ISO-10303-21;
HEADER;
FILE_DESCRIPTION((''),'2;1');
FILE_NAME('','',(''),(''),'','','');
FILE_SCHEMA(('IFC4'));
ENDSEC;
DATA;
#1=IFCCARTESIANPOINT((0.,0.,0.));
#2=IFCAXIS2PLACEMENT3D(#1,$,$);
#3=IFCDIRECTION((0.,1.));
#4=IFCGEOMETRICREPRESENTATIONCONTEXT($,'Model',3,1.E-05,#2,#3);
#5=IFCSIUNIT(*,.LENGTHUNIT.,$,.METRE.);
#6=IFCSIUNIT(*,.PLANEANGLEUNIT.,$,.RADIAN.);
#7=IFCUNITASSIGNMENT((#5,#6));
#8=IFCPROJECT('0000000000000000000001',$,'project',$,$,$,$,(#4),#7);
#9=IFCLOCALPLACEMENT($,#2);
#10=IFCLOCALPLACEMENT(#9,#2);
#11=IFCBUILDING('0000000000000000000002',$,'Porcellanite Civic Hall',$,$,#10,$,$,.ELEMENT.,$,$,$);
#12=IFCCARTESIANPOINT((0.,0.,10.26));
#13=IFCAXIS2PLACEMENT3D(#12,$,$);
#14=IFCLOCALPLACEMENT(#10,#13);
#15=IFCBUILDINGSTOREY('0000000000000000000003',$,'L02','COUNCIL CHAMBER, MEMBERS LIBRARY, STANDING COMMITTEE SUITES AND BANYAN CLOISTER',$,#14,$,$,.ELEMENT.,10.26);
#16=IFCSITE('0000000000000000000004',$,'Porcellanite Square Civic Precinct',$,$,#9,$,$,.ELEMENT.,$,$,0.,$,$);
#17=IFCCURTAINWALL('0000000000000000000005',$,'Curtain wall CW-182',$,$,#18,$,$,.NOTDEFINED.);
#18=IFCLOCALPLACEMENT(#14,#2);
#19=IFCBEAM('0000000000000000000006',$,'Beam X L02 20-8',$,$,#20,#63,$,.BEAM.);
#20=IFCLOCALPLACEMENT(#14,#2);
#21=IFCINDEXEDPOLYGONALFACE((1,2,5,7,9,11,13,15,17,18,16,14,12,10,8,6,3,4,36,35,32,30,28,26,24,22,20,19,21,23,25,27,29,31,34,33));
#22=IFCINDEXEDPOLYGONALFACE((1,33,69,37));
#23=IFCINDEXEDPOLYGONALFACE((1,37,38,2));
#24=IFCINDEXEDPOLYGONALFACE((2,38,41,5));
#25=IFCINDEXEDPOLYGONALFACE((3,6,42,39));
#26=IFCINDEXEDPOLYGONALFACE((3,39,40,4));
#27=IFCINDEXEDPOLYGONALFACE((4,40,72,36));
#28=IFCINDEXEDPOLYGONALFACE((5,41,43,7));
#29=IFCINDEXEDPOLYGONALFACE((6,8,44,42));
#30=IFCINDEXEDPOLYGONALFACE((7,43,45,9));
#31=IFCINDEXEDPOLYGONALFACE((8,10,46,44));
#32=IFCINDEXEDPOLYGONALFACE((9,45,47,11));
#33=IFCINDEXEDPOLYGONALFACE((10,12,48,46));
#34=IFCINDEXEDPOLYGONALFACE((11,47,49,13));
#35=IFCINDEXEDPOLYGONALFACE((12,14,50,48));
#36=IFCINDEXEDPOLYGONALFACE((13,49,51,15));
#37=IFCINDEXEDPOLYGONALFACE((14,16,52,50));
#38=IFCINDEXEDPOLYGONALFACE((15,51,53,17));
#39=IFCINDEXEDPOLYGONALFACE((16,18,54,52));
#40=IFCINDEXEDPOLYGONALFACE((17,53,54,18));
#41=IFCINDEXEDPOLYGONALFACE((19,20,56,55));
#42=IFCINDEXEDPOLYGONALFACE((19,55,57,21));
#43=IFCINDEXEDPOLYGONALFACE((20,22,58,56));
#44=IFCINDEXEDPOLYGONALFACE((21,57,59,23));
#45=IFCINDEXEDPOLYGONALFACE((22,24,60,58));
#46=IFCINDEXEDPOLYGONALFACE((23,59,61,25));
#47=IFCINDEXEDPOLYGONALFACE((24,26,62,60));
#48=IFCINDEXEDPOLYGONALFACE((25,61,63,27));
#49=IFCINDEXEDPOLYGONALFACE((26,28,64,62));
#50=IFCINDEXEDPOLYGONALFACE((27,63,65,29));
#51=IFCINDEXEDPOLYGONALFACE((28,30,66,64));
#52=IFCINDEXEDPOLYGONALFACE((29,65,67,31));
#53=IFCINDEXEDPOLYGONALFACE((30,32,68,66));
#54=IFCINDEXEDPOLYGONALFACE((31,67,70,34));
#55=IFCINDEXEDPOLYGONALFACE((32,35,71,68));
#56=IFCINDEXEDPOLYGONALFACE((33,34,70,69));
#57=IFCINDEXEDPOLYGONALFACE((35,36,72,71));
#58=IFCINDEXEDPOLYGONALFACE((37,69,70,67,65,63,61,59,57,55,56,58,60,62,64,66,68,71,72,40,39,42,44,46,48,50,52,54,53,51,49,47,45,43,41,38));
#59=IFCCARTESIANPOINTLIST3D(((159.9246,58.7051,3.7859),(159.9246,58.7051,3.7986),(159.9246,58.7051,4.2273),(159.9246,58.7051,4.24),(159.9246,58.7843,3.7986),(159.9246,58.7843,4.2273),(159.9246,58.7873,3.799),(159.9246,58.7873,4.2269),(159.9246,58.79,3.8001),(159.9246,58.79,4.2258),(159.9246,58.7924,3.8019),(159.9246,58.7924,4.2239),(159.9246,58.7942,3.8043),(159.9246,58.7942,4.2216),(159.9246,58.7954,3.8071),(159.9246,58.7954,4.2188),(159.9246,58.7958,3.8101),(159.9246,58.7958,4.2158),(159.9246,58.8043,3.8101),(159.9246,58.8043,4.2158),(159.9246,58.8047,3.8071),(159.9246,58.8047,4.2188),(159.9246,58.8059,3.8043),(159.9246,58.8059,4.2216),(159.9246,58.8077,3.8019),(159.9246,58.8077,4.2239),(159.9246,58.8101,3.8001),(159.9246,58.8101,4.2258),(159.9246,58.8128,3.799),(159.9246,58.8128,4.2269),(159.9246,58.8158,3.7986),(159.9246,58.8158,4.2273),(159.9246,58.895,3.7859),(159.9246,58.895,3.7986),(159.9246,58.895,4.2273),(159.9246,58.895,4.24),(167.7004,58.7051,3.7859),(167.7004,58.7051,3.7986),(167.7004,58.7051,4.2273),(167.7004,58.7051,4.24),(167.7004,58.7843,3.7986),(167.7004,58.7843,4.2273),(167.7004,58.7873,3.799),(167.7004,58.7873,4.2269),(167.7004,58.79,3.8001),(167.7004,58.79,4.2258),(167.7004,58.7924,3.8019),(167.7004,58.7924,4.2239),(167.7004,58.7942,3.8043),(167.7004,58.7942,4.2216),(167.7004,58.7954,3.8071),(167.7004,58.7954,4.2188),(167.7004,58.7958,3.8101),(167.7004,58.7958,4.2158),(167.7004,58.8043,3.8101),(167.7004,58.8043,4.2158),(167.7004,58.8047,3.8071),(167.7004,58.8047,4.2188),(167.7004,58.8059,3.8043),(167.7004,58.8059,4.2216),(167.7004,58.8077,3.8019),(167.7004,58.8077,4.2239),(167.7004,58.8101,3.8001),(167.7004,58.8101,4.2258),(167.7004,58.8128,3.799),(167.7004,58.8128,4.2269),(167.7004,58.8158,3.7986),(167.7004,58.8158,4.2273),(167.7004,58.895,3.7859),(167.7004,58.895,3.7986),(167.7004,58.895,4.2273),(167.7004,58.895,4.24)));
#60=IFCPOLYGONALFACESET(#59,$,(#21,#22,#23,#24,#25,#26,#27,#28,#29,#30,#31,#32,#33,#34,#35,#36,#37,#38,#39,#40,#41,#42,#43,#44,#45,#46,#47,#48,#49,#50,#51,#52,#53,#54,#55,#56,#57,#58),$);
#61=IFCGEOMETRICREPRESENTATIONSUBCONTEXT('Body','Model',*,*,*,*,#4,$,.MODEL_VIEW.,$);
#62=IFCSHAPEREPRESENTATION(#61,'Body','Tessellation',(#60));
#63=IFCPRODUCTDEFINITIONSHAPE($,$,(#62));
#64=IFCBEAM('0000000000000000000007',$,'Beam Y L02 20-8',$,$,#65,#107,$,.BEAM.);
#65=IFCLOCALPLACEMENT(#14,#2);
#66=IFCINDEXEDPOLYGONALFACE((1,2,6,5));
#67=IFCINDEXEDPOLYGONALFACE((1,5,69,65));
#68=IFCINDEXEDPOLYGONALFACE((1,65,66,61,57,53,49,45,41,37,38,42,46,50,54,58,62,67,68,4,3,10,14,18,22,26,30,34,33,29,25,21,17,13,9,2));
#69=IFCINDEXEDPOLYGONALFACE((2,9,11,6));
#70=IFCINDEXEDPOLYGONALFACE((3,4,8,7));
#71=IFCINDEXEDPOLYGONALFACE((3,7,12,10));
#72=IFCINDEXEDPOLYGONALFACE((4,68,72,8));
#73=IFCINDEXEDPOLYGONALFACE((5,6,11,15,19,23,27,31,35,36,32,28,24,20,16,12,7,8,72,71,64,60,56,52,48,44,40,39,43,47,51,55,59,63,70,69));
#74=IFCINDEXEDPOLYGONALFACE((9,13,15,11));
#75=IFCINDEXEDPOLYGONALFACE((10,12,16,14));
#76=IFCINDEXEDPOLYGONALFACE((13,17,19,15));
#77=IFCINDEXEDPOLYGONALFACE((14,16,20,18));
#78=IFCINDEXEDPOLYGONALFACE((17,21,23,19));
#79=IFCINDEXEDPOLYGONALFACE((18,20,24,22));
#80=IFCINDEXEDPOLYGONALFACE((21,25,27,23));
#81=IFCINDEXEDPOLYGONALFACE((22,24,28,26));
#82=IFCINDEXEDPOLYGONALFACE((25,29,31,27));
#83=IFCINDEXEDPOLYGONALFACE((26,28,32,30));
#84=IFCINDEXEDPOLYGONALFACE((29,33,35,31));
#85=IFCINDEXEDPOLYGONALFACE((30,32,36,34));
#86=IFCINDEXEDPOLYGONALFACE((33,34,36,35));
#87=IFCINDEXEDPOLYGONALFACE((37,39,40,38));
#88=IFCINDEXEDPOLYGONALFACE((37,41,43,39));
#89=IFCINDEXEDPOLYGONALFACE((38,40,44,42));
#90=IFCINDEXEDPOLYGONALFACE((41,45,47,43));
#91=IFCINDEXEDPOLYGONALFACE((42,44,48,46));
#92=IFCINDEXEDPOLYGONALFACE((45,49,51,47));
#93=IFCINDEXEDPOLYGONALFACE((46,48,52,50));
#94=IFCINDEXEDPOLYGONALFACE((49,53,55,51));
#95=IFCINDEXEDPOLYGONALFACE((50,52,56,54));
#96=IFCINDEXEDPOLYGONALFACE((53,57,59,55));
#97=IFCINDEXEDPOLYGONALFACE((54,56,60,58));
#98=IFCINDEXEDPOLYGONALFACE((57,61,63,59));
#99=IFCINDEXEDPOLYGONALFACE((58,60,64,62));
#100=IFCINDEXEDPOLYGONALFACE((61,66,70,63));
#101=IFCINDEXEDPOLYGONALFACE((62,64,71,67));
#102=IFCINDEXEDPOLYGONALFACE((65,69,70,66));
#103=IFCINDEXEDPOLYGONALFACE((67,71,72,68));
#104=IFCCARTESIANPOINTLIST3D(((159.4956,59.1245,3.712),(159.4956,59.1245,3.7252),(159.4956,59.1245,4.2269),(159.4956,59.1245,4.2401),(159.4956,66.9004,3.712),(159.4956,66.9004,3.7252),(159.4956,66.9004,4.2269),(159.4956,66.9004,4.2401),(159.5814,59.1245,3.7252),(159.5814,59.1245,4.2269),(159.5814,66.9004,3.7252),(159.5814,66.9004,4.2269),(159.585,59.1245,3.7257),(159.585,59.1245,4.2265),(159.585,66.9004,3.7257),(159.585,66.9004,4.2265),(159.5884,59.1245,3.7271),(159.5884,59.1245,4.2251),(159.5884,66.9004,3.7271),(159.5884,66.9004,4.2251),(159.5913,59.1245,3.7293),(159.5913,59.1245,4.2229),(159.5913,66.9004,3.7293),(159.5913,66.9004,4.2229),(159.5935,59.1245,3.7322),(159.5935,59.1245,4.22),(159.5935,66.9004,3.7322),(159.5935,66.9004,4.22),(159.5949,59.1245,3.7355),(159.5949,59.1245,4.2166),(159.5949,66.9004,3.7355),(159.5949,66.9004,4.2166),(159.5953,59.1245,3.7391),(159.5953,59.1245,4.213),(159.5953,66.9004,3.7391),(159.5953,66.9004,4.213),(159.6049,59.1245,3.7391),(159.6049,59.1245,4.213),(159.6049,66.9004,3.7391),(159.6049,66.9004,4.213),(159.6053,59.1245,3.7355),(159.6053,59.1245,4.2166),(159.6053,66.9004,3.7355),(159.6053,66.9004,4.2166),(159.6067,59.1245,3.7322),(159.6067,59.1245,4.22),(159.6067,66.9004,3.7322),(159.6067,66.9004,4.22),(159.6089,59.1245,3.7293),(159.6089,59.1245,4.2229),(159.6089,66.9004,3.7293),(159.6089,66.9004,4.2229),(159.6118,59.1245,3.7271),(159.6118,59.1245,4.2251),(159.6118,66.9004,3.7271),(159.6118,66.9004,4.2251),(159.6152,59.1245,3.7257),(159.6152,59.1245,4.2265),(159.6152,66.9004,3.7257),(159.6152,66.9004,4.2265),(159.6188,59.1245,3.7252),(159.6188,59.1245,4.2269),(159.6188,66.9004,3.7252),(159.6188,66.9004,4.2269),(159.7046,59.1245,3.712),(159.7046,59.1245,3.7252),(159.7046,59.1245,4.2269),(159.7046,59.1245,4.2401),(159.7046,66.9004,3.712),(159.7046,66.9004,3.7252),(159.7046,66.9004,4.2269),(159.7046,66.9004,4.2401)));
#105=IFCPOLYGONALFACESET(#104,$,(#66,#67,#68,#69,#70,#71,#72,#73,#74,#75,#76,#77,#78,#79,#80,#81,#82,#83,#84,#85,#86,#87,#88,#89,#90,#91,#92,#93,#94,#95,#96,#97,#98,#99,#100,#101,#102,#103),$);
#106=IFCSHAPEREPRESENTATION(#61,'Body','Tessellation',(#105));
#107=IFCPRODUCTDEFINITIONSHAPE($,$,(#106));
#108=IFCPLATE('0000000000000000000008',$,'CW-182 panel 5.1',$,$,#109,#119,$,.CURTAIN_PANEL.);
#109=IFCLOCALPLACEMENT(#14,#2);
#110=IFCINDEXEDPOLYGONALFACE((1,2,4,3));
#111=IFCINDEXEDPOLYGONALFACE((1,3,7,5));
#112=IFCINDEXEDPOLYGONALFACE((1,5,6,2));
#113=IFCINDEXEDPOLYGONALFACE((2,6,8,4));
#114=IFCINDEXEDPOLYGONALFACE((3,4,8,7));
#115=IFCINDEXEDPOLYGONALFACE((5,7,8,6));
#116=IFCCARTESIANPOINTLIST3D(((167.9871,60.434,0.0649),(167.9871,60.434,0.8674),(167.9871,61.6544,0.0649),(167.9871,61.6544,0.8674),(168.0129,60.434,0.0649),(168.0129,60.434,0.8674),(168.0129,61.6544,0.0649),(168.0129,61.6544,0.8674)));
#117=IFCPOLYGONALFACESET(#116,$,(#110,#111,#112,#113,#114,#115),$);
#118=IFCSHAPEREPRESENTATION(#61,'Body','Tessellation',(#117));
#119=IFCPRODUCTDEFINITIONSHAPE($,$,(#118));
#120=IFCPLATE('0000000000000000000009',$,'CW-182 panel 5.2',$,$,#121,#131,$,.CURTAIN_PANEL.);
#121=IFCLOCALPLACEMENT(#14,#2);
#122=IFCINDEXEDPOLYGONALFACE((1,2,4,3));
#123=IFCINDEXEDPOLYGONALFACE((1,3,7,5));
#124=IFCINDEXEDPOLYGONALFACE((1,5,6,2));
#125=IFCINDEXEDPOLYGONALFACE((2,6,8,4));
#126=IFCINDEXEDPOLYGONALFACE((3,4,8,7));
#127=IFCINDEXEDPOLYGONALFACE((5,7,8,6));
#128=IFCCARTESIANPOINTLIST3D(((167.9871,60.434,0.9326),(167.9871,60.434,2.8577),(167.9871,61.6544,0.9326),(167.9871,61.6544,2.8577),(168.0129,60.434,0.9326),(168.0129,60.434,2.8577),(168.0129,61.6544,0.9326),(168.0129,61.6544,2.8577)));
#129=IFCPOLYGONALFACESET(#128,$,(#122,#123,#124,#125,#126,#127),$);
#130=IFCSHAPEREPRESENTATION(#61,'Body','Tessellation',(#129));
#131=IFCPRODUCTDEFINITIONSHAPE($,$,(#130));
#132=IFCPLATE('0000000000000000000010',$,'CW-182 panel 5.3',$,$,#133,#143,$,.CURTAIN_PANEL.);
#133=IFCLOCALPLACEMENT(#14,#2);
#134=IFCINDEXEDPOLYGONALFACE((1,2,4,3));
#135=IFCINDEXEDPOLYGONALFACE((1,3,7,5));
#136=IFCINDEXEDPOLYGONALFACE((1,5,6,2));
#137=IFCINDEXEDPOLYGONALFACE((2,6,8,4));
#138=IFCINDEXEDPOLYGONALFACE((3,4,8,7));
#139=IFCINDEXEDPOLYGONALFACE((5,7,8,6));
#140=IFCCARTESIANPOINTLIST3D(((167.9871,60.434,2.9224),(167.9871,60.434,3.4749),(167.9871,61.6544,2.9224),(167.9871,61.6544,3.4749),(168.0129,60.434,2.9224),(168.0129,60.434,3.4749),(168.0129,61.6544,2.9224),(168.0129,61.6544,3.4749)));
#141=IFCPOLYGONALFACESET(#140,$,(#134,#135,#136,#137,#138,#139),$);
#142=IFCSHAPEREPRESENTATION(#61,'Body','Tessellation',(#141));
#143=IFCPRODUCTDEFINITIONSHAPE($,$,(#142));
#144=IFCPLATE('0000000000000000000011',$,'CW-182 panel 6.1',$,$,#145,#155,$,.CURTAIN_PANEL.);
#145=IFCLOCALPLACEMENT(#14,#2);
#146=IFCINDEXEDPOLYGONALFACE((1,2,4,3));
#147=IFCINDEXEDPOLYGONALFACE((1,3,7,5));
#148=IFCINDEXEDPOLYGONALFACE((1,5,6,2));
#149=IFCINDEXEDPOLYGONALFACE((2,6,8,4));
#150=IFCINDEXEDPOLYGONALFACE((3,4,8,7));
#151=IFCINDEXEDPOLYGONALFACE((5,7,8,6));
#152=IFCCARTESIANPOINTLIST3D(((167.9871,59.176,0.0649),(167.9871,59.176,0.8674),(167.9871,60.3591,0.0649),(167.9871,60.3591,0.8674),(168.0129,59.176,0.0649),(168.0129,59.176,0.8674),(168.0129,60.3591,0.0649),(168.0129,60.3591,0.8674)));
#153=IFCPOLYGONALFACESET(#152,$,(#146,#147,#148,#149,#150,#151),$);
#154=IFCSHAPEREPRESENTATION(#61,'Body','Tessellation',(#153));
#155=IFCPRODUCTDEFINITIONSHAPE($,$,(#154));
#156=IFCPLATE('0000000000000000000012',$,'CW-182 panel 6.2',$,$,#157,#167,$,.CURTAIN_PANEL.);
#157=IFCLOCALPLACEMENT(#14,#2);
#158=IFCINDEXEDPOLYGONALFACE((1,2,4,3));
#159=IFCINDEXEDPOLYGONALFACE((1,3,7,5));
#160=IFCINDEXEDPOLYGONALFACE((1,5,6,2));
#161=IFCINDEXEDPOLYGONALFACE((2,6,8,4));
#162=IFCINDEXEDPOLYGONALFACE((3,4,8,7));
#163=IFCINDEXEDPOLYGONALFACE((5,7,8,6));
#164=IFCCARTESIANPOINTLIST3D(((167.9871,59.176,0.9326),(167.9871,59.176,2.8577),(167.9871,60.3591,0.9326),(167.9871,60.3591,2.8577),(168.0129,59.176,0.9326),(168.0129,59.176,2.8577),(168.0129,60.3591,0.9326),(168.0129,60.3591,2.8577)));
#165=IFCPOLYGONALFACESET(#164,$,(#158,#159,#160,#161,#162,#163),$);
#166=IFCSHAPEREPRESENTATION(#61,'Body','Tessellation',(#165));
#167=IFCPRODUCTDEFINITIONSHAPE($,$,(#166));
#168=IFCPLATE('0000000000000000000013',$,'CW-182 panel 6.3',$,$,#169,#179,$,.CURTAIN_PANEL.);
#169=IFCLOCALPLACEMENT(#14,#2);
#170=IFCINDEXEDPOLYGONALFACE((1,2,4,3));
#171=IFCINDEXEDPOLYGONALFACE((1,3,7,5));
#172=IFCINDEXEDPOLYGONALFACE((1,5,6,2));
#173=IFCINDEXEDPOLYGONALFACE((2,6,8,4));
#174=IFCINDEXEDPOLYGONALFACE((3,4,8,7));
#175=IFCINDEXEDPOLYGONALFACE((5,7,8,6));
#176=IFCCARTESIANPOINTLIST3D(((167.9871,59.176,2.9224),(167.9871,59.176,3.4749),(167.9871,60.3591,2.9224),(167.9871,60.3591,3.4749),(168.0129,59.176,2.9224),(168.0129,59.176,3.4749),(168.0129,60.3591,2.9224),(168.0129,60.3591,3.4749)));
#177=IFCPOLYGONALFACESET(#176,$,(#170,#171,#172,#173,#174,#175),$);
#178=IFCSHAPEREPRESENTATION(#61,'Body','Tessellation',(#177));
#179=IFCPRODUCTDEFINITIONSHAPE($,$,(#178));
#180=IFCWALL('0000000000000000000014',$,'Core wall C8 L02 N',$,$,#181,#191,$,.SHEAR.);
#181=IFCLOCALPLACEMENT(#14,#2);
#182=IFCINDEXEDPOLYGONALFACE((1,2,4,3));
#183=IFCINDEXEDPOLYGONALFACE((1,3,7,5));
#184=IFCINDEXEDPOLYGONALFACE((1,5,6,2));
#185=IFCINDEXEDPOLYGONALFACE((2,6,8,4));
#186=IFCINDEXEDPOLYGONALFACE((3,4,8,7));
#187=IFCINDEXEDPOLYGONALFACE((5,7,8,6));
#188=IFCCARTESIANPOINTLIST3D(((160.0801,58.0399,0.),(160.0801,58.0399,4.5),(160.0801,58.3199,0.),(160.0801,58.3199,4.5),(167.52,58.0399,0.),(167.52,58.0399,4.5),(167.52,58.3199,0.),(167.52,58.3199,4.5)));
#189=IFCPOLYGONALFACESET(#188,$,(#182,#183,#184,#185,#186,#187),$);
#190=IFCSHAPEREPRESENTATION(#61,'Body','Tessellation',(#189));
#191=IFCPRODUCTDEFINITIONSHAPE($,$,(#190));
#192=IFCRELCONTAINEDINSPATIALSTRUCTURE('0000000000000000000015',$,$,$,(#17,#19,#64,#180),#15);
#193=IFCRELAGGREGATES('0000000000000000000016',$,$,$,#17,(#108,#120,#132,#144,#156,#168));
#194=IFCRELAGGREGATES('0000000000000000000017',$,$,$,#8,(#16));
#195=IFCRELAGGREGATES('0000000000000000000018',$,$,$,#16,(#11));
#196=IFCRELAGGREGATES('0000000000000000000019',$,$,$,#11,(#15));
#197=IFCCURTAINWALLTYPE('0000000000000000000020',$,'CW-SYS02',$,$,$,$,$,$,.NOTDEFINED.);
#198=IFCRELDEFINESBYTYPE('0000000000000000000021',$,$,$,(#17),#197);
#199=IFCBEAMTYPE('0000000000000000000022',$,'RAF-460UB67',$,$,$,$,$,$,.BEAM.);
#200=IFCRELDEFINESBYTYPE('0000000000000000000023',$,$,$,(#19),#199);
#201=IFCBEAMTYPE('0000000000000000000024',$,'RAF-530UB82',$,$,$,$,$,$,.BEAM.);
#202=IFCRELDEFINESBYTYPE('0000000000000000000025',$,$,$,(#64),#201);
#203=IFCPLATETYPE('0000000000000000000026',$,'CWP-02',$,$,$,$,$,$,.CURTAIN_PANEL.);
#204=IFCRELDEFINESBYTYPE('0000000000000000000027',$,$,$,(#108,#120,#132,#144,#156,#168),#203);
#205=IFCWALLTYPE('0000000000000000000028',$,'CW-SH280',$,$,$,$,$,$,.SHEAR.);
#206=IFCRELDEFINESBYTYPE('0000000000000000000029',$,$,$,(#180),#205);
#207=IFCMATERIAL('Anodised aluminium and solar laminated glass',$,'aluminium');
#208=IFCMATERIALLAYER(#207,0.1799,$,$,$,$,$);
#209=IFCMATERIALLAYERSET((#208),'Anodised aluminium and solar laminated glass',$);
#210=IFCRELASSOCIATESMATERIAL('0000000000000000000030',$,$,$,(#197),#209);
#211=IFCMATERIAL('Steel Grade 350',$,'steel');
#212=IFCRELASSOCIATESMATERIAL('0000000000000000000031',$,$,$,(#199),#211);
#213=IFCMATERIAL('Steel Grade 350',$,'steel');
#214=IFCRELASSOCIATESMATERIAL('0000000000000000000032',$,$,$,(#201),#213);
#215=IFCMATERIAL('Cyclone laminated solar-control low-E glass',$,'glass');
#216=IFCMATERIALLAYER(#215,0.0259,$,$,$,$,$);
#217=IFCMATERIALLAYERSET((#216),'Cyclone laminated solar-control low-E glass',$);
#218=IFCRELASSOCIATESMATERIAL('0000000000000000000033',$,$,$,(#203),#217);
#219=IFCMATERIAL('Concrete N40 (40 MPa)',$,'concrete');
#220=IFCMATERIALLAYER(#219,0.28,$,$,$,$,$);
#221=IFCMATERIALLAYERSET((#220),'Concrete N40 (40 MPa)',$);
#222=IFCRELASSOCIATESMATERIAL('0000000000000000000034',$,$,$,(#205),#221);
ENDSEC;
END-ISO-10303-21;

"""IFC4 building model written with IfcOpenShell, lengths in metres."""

from ifc_helpers import new_model, si_unit, direction, frame, frame_2d, origin, origin_2d, place, context, subcontext, project, spatial, rectangle, i_section, extrude, material, layer, layer_set, material_profile, profile_set, type_object, element, aggregate, save


model = new_model("IFC4")

# Units and contexts
model_context = context("Model", 3, precision=1e-05, world=origin(), true_north=direction((0.0, 1.0)))
body_context = subcontext(model_context, "Body", "Model", "MODEL_VIEW")
ifc_project = project(units=[si_unit("LENGTHUNIT", "METRE"), si_unit("PLANEANGLEUNIT", "RADIAN")], contexts=[model_context])

# Site, building, storey
site_placement = place(None, origin())
site = spatial("IfcSite", under=ifc_project, at=site_placement, Name="Porcellanite Square Civic Precinct", CompositionType="ELEMENT", RefElevation=0.0)
building_placement = place(site_placement, origin())
building = spatial("IfcBuilding", under=site, at=building_placement, Name="Porcellanite Civic Hall", CompositionType="ELEMENT")
storey_placement = place(building_placement, frame((0.0, 0.0, 10.26)))
storey = spatial("IfcBuildingStorey", under=building, at=storey_placement, Name="L02", Description="COUNCIL CHAMBER, MEMBERS LIBRARY, STANDING COMMITTEE SUITES AND BANYAN CLOISTER", CompositionType="ELEMENT", Elevation=10.26)

# Curtain wall
ifc_material_1 = material(Name="Anodised aluminium and solar laminated glass", Category="aluminium")
ifc_layer_1 = layer(ifc_material_1, 0.1799)
ifc_layer_set_1 = layer_set([ifc_layer_1], Name="Anodised aluminium and solar laminated glass")
curtain_wall_type = type_object("IfcCurtainWallType", Name="CW-SYS02", PredefinedType="NOTDEFINED", material=ifc_layer_set_1)
curtain_wall_placement = place(storey_placement, origin())
curtain_wall = element("IfcCurtainWall", 1, at=curtain_wall_placement, inside=storey, type_object=curtain_wall_type, Name="Curtain wall CW-182", PredefinedType="NOTDEFINED")

# Beams
ifc_material_2 = material(Name="Steel Grade 350", Category="steel")
ifc_material_profile_1 = material_profile(ifc_material_2, i_section(OverallWidth=0.1899, OverallDepth=0.4541, WebThickness=0.0085, FlangeThickness=0.0127, FilletRadius=0.0115, at=origin_2d()), Name="460UB67.1")
ifc_profile_set_1 = profile_set([ifc_material_profile_1], Name="Steel Grade 350")
beam_type_1 = type_object("IfcBeamType", Name="RAF-460UB67", PredefinedType="BEAM", material=ifc_profile_set_1)
beam_1_placement = place(storey_placement, frame((159.9246, 58.8, 4.0129), z_axis=(1.0, 0.0, 0.0), x_axis=(0.0, 1.0, 0.0)))
element("IfcBeam", 2, at=beam_1_placement, inside=storey, type_object=beam_type_1, Name="Beam X L02 20-8", PredefinedType="BEAM", context=body_context, shape_type="SweptSolid", body=[
    extrude(i_section(OverallWidth=0.1899, OverallDepth=0.4541, WebThickness=0.0085, FlangeThickness=0.0127, FilletRadius=0.0115, at=origin_2d()), origin(), (0.0, 0.0, 1.0), 7.7759),
])
ifc_material_3 = material(Name="Steel Grade 350", Category="steel")
ifc_material_profile_2 = material_profile(ifc_material_3, i_section(OverallWidth=0.209, OverallDepth=0.5281, WebThickness=0.0095, FlangeThickness=0.0132, FilletRadius=0.0139, at=origin_2d()), Name="530UB82.0")
ifc_profile_set_2 = profile_set([ifc_material_profile_2], Name="Steel Grade 350")
beam_type_2 = type_object("IfcBeamType", Name="RAF-530UB82", PredefinedType="BEAM", material=ifc_profile_set_2)
beam_2_placement = place(storey_placement, frame((159.6001, 59.1245, 3.9761), z_axis=(0.0, 1.0, 0.0), x_axis=(-1.0, 0.0, 0.0)))
element("IfcBeam", 3, at=beam_2_placement, inside=storey, type_object=beam_type_2, Name="Beam Y L02 20-8", PredefinedType="BEAM", context=body_context, shape_type="SweptSolid", body=[
    extrude(i_section(OverallWidth=0.209, OverallDepth=0.5281, WebThickness=0.0095, FlangeThickness=0.0132, FilletRadius=0.0139, at=origin_2d()), origin(), (0.0, 0.0, 1.0), 7.7759),
])

# Plates
ifc_material_4 = material(Name="Cyclone laminated solar-control low-E glass", Category="glass")
ifc_layer_2 = layer(ifc_material_4, 0.0259)
ifc_layer_set_2 = layer_set([ifc_layer_2], Name="Cyclone laminated solar-control low-E glass")
plate_type = type_object("IfcPlateType", Name="CWP-02", PredefinedType="CURTAIN_PANEL", material=ifc_layer_set_2)
plate_1_placement = place(storey_placement, frame((168.0, 61.0442, 0.0649), z_axis=(0.0, 0.0, 1.0), x_axis=(0.0, -1.0, 0.0)))
plate_1 = element("IfcPlate", 4, at=plate_1_placement, type_object=plate_type, Name="CW-182 panel 5.1", PredefinedType="CURTAIN_PANEL", context=body_context, shape_type="SweptSolid", body=[
    extrude(rectangle(XDim=1.2205, YDim=0.0259, at=origin_2d()), origin(), (0.0, 0.0, 1.0), 0.8025),
])
plate_2_placement = place(storey_placement, frame((168.0, 61.0442, 0.9326), z_axis=(0.0, 0.0, 1.0), x_axis=(0.0, -1.0, 0.0)))
plate_2 = element("IfcPlate", 5, at=plate_2_placement, type_object=plate_type, Name="CW-182 panel 5.2", PredefinedType="CURTAIN_PANEL", context=body_context, shape_type="SweptSolid", body=[
    extrude(rectangle(XDim=1.2205, YDim=0.0259, at=origin_2d()), origin(), (0.0, 0.0, 1.0), 1.925),
])
plate_3_placement = place(storey_placement, frame((168.0, 61.0442, 2.9224), z_axis=(0.0, 0.0, 1.0), x_axis=(0.0, -1.0, 0.0)))
plate_3 = element("IfcPlate", 6, at=plate_3_placement, type_object=plate_type, Name="CW-182 panel 5.3", PredefinedType="CURTAIN_PANEL", context=body_context, shape_type="SweptSolid", body=[
    extrude(rectangle(XDim=1.2205, YDim=0.0259, at=origin_2d()), origin(), (0.0, 0.0, 1.0), 0.5525),
])
plate_4_placement = place(storey_placement, frame((168.0, 59.7676, 0.0649), z_axis=(0.0, 0.0, 1.0), x_axis=(0.0, -1.0, 0.0)))
plate_4 = element("IfcPlate", 7, at=plate_4_placement, type_object=plate_type, Name="CW-182 panel 6.1", PredefinedType="CURTAIN_PANEL", context=body_context, shape_type="SweptSolid", body=[
    extrude(rectangle(XDim=1.1831, YDim=0.0259, at=origin_2d()), origin(), (0.0, 0.0, 1.0), 0.8025),
])
plate_5_placement = place(storey_placement, frame((168.0, 59.7676, 0.9326), z_axis=(0.0, 0.0, 1.0), x_axis=(0.0, -1.0, 0.0)))
plate_5 = element("IfcPlate", 8, at=plate_5_placement, type_object=plate_type, Name="CW-182 panel 6.2", PredefinedType="CURTAIN_PANEL", context=body_context, shape_type="SweptSolid", body=[
    extrude(rectangle(XDim=1.1831, YDim=0.0259, at=origin_2d()), origin(), (0.0, 0.0, 1.0), 1.925),
])
plate_6_placement = place(storey_placement, frame((168.0, 59.7676, 2.9224), z_axis=(0.0, 0.0, 1.0), x_axis=(0.0, -1.0, 0.0)))
plate_6 = element("IfcPlate", 9, at=plate_6_placement, type_object=plate_type, Name="CW-182 panel 6.3", PredefinedType="CURTAIN_PANEL", context=body_context, shape_type="SweptSolid", body=[
    extrude(rectangle(XDim=1.1831, YDim=0.0259, at=origin_2d()), origin(), (0.0, 0.0, 1.0), 0.5525),
])
aggregate(curtain_wall, [plate_1, plate_2, plate_3, plate_4, plate_5, plate_6])

# Wall
ifc_material_5 = material(Name="Concrete N40 (40 MPa)", Category="concrete")
ifc_layer_3 = layer(ifc_material_5, 0.28)
ifc_layer_set_3 = layer_set([ifc_layer_3], Name="Concrete N40 (40 MPa)")
wall_type_1 = type_object("IfcWallType", Name="CW-SH280", PredefinedType="SHEAR", material=ifc_layer_set_3)
wall_1_placement = place(storey_placement, frame((160.0801, 58.1799, 0.0), z_axis=(0.0, 0.0, 1.0), x_axis=(1.0, 0.0, 0.0)))
element("IfcWall", 10, at=wall_1_placement, inside=storey, type_object=wall_type_1, Name="Core wall C8 L02 N", PredefinedType="SHEAR", context=body_context, shape_type="SweptSolid", body=[
    extrude(rectangle(XDim=7.4399, YDim=0.28, at=frame_2d((3.72, 0.0))), origin(), (0.0, 0.0, 1.0), 4.5),
])

save(model, "model.ifc")
